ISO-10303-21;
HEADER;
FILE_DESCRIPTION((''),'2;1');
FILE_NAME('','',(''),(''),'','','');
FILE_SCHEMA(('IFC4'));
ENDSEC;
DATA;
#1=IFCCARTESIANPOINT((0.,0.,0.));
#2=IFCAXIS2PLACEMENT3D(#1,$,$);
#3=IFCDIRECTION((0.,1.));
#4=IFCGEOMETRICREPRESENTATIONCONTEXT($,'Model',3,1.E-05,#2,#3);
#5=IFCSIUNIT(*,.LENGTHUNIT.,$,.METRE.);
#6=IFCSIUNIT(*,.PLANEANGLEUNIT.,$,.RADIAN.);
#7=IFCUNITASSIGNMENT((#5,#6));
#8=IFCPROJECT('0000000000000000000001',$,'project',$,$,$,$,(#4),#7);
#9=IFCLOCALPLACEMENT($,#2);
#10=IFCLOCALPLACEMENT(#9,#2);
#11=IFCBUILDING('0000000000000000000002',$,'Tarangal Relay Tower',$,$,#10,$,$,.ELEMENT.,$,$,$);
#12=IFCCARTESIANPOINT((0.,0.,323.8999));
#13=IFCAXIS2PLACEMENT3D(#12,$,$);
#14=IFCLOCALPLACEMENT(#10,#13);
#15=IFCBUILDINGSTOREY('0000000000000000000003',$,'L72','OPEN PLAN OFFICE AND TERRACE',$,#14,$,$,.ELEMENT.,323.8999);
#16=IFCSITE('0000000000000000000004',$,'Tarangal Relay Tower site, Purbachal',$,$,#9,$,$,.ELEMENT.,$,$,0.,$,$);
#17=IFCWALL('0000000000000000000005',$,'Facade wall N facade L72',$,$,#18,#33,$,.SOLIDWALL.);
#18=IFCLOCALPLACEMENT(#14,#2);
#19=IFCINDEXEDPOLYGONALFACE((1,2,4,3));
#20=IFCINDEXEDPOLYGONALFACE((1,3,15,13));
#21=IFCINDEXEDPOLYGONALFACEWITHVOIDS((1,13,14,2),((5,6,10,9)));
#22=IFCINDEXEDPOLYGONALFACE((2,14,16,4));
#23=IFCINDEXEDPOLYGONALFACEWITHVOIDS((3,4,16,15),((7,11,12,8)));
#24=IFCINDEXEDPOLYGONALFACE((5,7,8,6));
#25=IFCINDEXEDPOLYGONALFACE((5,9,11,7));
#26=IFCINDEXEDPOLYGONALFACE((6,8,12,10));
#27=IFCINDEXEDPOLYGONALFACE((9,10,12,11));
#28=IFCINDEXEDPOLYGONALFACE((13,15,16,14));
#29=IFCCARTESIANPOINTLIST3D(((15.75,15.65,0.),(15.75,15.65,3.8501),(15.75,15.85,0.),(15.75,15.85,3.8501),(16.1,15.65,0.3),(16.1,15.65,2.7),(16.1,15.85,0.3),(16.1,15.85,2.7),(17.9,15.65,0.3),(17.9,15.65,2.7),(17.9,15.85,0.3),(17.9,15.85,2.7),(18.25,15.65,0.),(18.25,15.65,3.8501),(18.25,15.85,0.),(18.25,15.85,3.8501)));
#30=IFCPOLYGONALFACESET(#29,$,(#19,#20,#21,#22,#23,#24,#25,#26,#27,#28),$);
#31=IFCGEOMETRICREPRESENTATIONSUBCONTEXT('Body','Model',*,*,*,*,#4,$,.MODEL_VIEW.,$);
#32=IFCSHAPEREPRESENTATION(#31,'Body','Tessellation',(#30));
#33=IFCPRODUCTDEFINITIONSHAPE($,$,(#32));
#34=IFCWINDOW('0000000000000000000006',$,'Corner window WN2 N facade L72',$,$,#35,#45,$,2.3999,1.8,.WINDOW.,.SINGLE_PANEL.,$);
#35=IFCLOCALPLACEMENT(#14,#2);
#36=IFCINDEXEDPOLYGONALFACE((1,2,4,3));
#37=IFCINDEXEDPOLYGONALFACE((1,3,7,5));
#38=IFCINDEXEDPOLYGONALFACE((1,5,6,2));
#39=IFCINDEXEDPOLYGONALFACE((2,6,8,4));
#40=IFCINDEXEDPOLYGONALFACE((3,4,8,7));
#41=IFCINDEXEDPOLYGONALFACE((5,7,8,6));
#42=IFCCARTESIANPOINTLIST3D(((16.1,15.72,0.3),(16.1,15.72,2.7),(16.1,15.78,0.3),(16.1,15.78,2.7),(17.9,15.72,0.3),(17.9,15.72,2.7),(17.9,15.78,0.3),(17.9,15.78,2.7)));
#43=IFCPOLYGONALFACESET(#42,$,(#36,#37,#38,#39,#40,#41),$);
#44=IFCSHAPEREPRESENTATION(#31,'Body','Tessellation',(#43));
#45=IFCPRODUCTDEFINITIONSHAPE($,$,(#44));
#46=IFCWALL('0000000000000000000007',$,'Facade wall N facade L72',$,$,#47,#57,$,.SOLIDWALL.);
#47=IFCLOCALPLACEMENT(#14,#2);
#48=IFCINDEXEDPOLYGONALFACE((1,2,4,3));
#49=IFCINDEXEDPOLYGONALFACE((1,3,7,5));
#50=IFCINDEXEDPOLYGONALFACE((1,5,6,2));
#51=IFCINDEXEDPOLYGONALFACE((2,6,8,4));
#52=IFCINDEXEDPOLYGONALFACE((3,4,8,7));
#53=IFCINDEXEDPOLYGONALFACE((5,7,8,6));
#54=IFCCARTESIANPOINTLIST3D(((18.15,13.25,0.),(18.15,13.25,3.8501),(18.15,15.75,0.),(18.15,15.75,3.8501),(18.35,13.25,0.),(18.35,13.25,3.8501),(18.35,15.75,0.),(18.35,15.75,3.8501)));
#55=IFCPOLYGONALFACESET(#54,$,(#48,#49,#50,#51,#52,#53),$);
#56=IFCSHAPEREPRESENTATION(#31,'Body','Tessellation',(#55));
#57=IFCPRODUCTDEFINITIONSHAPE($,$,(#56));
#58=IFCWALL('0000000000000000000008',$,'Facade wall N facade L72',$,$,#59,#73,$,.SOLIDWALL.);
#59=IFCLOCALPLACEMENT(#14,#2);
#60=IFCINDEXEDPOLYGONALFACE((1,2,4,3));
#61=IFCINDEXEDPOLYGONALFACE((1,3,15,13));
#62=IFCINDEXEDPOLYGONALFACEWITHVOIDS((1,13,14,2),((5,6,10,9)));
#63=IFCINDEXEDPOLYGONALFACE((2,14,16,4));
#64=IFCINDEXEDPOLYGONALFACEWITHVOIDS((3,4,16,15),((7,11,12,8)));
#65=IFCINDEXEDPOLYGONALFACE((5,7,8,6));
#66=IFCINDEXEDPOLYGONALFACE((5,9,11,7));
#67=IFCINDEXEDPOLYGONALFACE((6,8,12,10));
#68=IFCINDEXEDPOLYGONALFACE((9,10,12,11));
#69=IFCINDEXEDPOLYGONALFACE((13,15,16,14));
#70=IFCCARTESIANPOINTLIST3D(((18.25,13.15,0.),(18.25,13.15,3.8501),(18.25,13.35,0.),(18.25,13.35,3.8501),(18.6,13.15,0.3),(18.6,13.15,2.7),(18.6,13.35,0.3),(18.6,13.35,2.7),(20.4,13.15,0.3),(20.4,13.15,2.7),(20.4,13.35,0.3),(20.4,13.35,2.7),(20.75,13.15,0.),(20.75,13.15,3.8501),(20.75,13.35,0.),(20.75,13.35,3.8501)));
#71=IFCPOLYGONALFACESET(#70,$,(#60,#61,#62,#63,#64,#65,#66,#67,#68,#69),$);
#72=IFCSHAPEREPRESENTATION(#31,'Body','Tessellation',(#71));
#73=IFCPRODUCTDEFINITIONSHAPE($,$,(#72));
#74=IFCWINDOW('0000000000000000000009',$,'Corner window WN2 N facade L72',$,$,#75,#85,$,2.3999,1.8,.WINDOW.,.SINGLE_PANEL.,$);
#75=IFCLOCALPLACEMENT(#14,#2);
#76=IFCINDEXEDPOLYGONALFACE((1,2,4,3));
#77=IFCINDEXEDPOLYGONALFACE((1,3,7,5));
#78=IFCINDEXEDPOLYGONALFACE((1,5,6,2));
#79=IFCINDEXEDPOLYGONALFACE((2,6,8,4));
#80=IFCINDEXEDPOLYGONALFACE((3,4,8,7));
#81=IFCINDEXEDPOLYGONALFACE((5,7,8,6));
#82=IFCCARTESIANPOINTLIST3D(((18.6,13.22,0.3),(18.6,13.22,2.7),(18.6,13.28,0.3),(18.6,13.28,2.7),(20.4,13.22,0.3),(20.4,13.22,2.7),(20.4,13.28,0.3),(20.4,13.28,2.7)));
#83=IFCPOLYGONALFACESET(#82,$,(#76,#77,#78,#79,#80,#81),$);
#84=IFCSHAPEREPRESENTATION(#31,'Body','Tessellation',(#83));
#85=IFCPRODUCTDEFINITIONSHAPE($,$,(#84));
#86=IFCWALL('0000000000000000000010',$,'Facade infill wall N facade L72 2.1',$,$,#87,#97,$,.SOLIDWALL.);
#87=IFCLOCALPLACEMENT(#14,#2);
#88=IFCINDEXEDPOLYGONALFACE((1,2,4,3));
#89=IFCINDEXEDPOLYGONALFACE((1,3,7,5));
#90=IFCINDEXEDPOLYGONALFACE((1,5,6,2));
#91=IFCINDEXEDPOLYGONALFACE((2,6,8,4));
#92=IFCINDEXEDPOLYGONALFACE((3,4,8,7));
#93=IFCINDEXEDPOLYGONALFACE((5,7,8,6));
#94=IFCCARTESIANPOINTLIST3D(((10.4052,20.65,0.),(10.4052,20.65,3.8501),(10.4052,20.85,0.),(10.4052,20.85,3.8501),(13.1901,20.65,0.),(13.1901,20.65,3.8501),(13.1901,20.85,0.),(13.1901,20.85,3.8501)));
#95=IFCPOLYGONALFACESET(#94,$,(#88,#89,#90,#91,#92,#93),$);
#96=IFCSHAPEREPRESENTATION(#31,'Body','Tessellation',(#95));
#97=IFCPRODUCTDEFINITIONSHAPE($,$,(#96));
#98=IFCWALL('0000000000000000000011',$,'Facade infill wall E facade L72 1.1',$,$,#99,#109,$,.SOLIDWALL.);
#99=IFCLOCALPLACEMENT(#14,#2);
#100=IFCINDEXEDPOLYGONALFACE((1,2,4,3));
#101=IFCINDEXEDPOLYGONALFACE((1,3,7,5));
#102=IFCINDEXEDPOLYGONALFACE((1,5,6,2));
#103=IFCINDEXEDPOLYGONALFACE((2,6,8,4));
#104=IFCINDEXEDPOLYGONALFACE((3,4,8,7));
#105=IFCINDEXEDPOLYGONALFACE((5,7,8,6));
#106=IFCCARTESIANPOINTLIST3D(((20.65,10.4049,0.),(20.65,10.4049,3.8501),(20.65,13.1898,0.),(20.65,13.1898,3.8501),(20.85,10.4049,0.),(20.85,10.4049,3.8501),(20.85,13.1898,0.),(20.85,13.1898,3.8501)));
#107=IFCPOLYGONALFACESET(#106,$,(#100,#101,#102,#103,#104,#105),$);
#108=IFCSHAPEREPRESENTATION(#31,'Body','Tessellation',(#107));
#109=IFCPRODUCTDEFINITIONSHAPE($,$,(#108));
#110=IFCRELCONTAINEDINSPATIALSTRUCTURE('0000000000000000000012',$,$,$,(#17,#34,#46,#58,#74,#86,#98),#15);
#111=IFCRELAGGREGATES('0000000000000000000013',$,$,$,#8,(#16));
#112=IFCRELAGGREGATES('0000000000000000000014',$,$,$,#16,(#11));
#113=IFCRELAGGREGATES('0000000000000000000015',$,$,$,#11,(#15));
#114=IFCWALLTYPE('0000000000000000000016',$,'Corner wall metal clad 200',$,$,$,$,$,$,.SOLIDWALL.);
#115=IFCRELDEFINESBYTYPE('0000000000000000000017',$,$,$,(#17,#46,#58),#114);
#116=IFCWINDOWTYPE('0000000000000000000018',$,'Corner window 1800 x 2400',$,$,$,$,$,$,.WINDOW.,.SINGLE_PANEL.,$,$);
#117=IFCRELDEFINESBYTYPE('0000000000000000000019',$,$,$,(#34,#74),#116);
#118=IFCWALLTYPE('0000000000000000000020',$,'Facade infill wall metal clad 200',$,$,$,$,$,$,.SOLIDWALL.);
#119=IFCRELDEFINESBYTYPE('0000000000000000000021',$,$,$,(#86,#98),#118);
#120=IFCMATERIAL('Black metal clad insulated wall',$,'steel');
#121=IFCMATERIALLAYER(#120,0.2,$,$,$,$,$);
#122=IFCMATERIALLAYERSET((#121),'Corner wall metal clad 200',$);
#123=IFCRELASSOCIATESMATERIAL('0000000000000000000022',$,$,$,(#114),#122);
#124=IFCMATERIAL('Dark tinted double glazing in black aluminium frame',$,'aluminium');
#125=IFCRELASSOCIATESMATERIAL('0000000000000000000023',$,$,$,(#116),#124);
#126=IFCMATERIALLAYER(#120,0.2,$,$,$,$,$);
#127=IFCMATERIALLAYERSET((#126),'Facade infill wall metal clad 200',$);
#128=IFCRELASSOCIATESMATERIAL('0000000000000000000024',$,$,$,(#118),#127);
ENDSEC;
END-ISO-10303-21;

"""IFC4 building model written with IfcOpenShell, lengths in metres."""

from ifc_helpers import new_model, si_unit, direction, frame, frame_2d, origin, place, context, subcontext, project, spatial, rectangle, extrude, material, layer, layer_set, type_object, element, fill, save


model = new_model("IFC4")

# Units and contexts
model_context = context("Model", 3, precision=1e-05, world=origin(), true_north=direction((0.0, 1.0)))
body_context = subcontext(model_context, "Body", "Model", "MODEL_VIEW")
ifc_project = project(units=[si_unit("LENGTHUNIT", "METRE"), si_unit("PLANEANGLEUNIT", "RADIAN")], contexts=[model_context])

# Site, building, storey
site_placement = place(None, origin())
site = spatial("IfcSite", under=ifc_project, at=site_placement, Name="Tarangal Relay Tower site, Purbachal", CompositionType="ELEMENT", RefElevation=0.0)
building_placement = place(site_placement, origin())
building = spatial("IfcBuilding", under=site, at=building_placement, Name="Tarangal Relay Tower", CompositionType="ELEMENT")
storey_placement = place(building_placement, frame((0.0, 0.0, 323.8999)))
storey = spatial("IfcBuildingStorey", under=building, at=storey_placement, Name="L72", Description="OPEN PLAN OFFICE AND TERRACE", CompositionType="ELEMENT", Elevation=323.8999)

# Shared definitions
ifc_material_1 = material(Name="Black metal clad insulated wall", Category="steel")
ifc_layer_1 = layer(ifc_material_1, 0.2)
ifc_layer_set_1 = layer_set([ifc_layer_1], Name="Corner wall metal clad 200")
wall_type_1 = type_object("IfcWallType", Name="Corner wall metal clad 200", PredefinedType="SOLIDWALL", material=ifc_layer_set_1)

# Shared definitions
ifc_material_2 = material(Name="Dark tinted double glazing in black aluminium frame", Category="aluminium")
window_type = type_object("IfcWindowType", Name="Corner window 1800 x 2400", PartitioningType="SINGLE_PANEL", PredefinedType="WINDOW", material=ifc_material_2)

# Wall, opening, window
wall_1_placement = place(storey_placement, frame((15.75, 15.75, 0.0), z_axis=(0.0, 0.0, 1.0), x_axis=(1.0, 0.0, 0.0)))
wall_1 = element("IfcWall", 1, at=wall_1_placement, inside=storey, type_object=wall_type_1, Name="Facade wall N facade L72", PredefinedType="SOLIDWALL", context=body_context, shape_type="SweptSolid", body=[
    extrude(rectangle(XDim=2.5, YDim=0.2, at=frame_2d((1.25, 0.0))), origin(), (0.0, 0.0, 1.0), 3.8501),
])
opening_1_placement = place(wall_1_placement, frame((0.3501, 0.0, 0.3)))
opening_1 = element("IfcOpeningElement", 2, at=opening_1_placement, cuts=wall_1, PredefinedType="OPENING", context=body_context, shape_type="SweptSolid", body=[
    extrude(rectangle(XDim=1.8, YDim=2.3999, at=frame_2d((0.8999, 1.2))), frame((0.0, 0.1099, 0.0), z_axis=(0.0, -1.0, 0.0), x_axis=(1.0, 0.0, 0.0)), (0.0, 0.0, 1.0), 0.22),
])
window_1_placement = place(opening_1_placement, origin())
window_1 = element("IfcWindow", 3, at=window_1_placement, inside=storey, type_object=window_type, Name="Corner window WN2 N facade L72", OverallHeight=2.3999, OverallWidth=1.8, PartitioningType="SINGLE_PANEL", PredefinedType="WINDOW", context=body_context, shape_type="SweptSolid", body=[
    extrude(rectangle(XDim=1.8, YDim=2.3999, at=frame_2d((0.8999, 1.2))), frame((0.0, 0.03, 0.0), z_axis=(0.0, -1.0, 0.0), x_axis=(1.0, 0.0, 0.0)), (0.0, 0.0, 1.0), 0.0601),
])
fill(opening_1, window_1)

# Wall
wall_2_placement = place(storey_placement, frame((18.25, 15.75, 0.0), z_axis=(0.0, 0.0, 1.0), x_axis=(0.0, -1.0, 0.0)))
element("IfcWall", 4, at=wall_2_placement, inside=storey, type_object=wall_type_1, Name="Facade wall N facade L72", PredefinedType="SOLIDWALL", context=body_context, shape_type="SweptSolid", body=[
    extrude(rectangle(XDim=2.5, YDim=0.2, at=frame_2d((1.25, 0.0))), origin(), (0.0, 0.0, 1.0), 3.8501),
])

# Wall, opening, window
wall_3_placement = place(storey_placement, frame((18.25, 13.25, 0.0), z_axis=(0.0, 0.0, 1.0), x_axis=(1.0, 0.0, 0.0)))
wall_3 = element("IfcWall", 5, at=wall_3_placement, inside=storey, type_object=wall_type_1, Name="Facade wall N facade L72", PredefinedType="SOLIDWALL", context=body_context, shape_type="SweptSolid", body=[
    extrude(rectangle(XDim=2.5, YDim=0.2, at=frame_2d((1.25, 0.0))), origin(), (0.0, 0.0, 1.0), 3.8501),
])
opening_2_placement = place(wall_3_placement, frame((0.3501, 0.0, 0.3)))
opening_2 = element("IfcOpeningElement", 6, at=opening_2_placement, cuts=wall_3, PredefinedType="OPENING", context=body_context, shape_type="SweptSolid", body=[
    extrude(rectangle(XDim=1.8, YDim=2.3999, at=frame_2d((0.8999, 1.2))), frame((0.0, 0.1099, 0.0), z_axis=(0.0, -1.0, 0.0), x_axis=(1.0, 0.0, 0.0)), (0.0, 0.0, 1.0), 0.22),
])
window_2_placement = place(opening_2_placement, origin())
window_2 = element("IfcWindow", 7, at=window_2_placement, inside=storey, type_object=window_type, Name="Corner window WN2 N facade L72", OverallHeight=2.3999, OverallWidth=1.8, PartitioningType="SINGLE_PANEL", PredefinedType="WINDOW", context=body_context, shape_type="SweptSolid", body=[
    extrude(rectangle(XDim=1.8, YDim=2.3999, at=frame_2d((0.8999, 1.2))), frame((0.0, 0.03, 0.0), z_axis=(0.0, -1.0, 0.0), x_axis=(1.0, 0.0, 0.0)), (0.0, 0.0, 1.0), 0.0601),
])
fill(opening_2, window_2)

# Walls
ifc_layer_2 = layer(ifc_material_1, 0.2)
ifc_layer_set_2 = layer_set([ifc_layer_2], Name="Facade infill wall metal clad 200")
wall_type_2 = type_object("IfcWallType", Name="Facade infill wall metal clad 200", PredefinedType="SOLIDWALL", material=ifc_layer_set_2)
for number, where, z_axis, x_axis, name in (
    (8, (10.405, 20.75, 0.0), (0.0, 0.0, 1.0), (1.0, 0.0, 0.0), "Facade infill wall N facade L72 2.1"),
    (9, (20.75, 13.1899, 0.0), (0.0, 0.0, 1.0), (0.0, -1.0, 0.0), "Facade infill wall E facade L72 1.1"),
):
    element("IfcWall", number, at=place(storey_placement, frame(where, z_axis=z_axis, x_axis=x_axis)), inside=storey, type_object=wall_type_2, Name=name, PredefinedType="SOLIDWALL", context=body_context, shape_type="SweptSolid", body=[
        extrude(rectangle(XDim=2.7849, YDim=0.2, at=frame_2d((1.3926, 0.0))), origin(), (0.0, 0.0, 1.0), 3.8501),
    ])

save(model, "model.ifc")
